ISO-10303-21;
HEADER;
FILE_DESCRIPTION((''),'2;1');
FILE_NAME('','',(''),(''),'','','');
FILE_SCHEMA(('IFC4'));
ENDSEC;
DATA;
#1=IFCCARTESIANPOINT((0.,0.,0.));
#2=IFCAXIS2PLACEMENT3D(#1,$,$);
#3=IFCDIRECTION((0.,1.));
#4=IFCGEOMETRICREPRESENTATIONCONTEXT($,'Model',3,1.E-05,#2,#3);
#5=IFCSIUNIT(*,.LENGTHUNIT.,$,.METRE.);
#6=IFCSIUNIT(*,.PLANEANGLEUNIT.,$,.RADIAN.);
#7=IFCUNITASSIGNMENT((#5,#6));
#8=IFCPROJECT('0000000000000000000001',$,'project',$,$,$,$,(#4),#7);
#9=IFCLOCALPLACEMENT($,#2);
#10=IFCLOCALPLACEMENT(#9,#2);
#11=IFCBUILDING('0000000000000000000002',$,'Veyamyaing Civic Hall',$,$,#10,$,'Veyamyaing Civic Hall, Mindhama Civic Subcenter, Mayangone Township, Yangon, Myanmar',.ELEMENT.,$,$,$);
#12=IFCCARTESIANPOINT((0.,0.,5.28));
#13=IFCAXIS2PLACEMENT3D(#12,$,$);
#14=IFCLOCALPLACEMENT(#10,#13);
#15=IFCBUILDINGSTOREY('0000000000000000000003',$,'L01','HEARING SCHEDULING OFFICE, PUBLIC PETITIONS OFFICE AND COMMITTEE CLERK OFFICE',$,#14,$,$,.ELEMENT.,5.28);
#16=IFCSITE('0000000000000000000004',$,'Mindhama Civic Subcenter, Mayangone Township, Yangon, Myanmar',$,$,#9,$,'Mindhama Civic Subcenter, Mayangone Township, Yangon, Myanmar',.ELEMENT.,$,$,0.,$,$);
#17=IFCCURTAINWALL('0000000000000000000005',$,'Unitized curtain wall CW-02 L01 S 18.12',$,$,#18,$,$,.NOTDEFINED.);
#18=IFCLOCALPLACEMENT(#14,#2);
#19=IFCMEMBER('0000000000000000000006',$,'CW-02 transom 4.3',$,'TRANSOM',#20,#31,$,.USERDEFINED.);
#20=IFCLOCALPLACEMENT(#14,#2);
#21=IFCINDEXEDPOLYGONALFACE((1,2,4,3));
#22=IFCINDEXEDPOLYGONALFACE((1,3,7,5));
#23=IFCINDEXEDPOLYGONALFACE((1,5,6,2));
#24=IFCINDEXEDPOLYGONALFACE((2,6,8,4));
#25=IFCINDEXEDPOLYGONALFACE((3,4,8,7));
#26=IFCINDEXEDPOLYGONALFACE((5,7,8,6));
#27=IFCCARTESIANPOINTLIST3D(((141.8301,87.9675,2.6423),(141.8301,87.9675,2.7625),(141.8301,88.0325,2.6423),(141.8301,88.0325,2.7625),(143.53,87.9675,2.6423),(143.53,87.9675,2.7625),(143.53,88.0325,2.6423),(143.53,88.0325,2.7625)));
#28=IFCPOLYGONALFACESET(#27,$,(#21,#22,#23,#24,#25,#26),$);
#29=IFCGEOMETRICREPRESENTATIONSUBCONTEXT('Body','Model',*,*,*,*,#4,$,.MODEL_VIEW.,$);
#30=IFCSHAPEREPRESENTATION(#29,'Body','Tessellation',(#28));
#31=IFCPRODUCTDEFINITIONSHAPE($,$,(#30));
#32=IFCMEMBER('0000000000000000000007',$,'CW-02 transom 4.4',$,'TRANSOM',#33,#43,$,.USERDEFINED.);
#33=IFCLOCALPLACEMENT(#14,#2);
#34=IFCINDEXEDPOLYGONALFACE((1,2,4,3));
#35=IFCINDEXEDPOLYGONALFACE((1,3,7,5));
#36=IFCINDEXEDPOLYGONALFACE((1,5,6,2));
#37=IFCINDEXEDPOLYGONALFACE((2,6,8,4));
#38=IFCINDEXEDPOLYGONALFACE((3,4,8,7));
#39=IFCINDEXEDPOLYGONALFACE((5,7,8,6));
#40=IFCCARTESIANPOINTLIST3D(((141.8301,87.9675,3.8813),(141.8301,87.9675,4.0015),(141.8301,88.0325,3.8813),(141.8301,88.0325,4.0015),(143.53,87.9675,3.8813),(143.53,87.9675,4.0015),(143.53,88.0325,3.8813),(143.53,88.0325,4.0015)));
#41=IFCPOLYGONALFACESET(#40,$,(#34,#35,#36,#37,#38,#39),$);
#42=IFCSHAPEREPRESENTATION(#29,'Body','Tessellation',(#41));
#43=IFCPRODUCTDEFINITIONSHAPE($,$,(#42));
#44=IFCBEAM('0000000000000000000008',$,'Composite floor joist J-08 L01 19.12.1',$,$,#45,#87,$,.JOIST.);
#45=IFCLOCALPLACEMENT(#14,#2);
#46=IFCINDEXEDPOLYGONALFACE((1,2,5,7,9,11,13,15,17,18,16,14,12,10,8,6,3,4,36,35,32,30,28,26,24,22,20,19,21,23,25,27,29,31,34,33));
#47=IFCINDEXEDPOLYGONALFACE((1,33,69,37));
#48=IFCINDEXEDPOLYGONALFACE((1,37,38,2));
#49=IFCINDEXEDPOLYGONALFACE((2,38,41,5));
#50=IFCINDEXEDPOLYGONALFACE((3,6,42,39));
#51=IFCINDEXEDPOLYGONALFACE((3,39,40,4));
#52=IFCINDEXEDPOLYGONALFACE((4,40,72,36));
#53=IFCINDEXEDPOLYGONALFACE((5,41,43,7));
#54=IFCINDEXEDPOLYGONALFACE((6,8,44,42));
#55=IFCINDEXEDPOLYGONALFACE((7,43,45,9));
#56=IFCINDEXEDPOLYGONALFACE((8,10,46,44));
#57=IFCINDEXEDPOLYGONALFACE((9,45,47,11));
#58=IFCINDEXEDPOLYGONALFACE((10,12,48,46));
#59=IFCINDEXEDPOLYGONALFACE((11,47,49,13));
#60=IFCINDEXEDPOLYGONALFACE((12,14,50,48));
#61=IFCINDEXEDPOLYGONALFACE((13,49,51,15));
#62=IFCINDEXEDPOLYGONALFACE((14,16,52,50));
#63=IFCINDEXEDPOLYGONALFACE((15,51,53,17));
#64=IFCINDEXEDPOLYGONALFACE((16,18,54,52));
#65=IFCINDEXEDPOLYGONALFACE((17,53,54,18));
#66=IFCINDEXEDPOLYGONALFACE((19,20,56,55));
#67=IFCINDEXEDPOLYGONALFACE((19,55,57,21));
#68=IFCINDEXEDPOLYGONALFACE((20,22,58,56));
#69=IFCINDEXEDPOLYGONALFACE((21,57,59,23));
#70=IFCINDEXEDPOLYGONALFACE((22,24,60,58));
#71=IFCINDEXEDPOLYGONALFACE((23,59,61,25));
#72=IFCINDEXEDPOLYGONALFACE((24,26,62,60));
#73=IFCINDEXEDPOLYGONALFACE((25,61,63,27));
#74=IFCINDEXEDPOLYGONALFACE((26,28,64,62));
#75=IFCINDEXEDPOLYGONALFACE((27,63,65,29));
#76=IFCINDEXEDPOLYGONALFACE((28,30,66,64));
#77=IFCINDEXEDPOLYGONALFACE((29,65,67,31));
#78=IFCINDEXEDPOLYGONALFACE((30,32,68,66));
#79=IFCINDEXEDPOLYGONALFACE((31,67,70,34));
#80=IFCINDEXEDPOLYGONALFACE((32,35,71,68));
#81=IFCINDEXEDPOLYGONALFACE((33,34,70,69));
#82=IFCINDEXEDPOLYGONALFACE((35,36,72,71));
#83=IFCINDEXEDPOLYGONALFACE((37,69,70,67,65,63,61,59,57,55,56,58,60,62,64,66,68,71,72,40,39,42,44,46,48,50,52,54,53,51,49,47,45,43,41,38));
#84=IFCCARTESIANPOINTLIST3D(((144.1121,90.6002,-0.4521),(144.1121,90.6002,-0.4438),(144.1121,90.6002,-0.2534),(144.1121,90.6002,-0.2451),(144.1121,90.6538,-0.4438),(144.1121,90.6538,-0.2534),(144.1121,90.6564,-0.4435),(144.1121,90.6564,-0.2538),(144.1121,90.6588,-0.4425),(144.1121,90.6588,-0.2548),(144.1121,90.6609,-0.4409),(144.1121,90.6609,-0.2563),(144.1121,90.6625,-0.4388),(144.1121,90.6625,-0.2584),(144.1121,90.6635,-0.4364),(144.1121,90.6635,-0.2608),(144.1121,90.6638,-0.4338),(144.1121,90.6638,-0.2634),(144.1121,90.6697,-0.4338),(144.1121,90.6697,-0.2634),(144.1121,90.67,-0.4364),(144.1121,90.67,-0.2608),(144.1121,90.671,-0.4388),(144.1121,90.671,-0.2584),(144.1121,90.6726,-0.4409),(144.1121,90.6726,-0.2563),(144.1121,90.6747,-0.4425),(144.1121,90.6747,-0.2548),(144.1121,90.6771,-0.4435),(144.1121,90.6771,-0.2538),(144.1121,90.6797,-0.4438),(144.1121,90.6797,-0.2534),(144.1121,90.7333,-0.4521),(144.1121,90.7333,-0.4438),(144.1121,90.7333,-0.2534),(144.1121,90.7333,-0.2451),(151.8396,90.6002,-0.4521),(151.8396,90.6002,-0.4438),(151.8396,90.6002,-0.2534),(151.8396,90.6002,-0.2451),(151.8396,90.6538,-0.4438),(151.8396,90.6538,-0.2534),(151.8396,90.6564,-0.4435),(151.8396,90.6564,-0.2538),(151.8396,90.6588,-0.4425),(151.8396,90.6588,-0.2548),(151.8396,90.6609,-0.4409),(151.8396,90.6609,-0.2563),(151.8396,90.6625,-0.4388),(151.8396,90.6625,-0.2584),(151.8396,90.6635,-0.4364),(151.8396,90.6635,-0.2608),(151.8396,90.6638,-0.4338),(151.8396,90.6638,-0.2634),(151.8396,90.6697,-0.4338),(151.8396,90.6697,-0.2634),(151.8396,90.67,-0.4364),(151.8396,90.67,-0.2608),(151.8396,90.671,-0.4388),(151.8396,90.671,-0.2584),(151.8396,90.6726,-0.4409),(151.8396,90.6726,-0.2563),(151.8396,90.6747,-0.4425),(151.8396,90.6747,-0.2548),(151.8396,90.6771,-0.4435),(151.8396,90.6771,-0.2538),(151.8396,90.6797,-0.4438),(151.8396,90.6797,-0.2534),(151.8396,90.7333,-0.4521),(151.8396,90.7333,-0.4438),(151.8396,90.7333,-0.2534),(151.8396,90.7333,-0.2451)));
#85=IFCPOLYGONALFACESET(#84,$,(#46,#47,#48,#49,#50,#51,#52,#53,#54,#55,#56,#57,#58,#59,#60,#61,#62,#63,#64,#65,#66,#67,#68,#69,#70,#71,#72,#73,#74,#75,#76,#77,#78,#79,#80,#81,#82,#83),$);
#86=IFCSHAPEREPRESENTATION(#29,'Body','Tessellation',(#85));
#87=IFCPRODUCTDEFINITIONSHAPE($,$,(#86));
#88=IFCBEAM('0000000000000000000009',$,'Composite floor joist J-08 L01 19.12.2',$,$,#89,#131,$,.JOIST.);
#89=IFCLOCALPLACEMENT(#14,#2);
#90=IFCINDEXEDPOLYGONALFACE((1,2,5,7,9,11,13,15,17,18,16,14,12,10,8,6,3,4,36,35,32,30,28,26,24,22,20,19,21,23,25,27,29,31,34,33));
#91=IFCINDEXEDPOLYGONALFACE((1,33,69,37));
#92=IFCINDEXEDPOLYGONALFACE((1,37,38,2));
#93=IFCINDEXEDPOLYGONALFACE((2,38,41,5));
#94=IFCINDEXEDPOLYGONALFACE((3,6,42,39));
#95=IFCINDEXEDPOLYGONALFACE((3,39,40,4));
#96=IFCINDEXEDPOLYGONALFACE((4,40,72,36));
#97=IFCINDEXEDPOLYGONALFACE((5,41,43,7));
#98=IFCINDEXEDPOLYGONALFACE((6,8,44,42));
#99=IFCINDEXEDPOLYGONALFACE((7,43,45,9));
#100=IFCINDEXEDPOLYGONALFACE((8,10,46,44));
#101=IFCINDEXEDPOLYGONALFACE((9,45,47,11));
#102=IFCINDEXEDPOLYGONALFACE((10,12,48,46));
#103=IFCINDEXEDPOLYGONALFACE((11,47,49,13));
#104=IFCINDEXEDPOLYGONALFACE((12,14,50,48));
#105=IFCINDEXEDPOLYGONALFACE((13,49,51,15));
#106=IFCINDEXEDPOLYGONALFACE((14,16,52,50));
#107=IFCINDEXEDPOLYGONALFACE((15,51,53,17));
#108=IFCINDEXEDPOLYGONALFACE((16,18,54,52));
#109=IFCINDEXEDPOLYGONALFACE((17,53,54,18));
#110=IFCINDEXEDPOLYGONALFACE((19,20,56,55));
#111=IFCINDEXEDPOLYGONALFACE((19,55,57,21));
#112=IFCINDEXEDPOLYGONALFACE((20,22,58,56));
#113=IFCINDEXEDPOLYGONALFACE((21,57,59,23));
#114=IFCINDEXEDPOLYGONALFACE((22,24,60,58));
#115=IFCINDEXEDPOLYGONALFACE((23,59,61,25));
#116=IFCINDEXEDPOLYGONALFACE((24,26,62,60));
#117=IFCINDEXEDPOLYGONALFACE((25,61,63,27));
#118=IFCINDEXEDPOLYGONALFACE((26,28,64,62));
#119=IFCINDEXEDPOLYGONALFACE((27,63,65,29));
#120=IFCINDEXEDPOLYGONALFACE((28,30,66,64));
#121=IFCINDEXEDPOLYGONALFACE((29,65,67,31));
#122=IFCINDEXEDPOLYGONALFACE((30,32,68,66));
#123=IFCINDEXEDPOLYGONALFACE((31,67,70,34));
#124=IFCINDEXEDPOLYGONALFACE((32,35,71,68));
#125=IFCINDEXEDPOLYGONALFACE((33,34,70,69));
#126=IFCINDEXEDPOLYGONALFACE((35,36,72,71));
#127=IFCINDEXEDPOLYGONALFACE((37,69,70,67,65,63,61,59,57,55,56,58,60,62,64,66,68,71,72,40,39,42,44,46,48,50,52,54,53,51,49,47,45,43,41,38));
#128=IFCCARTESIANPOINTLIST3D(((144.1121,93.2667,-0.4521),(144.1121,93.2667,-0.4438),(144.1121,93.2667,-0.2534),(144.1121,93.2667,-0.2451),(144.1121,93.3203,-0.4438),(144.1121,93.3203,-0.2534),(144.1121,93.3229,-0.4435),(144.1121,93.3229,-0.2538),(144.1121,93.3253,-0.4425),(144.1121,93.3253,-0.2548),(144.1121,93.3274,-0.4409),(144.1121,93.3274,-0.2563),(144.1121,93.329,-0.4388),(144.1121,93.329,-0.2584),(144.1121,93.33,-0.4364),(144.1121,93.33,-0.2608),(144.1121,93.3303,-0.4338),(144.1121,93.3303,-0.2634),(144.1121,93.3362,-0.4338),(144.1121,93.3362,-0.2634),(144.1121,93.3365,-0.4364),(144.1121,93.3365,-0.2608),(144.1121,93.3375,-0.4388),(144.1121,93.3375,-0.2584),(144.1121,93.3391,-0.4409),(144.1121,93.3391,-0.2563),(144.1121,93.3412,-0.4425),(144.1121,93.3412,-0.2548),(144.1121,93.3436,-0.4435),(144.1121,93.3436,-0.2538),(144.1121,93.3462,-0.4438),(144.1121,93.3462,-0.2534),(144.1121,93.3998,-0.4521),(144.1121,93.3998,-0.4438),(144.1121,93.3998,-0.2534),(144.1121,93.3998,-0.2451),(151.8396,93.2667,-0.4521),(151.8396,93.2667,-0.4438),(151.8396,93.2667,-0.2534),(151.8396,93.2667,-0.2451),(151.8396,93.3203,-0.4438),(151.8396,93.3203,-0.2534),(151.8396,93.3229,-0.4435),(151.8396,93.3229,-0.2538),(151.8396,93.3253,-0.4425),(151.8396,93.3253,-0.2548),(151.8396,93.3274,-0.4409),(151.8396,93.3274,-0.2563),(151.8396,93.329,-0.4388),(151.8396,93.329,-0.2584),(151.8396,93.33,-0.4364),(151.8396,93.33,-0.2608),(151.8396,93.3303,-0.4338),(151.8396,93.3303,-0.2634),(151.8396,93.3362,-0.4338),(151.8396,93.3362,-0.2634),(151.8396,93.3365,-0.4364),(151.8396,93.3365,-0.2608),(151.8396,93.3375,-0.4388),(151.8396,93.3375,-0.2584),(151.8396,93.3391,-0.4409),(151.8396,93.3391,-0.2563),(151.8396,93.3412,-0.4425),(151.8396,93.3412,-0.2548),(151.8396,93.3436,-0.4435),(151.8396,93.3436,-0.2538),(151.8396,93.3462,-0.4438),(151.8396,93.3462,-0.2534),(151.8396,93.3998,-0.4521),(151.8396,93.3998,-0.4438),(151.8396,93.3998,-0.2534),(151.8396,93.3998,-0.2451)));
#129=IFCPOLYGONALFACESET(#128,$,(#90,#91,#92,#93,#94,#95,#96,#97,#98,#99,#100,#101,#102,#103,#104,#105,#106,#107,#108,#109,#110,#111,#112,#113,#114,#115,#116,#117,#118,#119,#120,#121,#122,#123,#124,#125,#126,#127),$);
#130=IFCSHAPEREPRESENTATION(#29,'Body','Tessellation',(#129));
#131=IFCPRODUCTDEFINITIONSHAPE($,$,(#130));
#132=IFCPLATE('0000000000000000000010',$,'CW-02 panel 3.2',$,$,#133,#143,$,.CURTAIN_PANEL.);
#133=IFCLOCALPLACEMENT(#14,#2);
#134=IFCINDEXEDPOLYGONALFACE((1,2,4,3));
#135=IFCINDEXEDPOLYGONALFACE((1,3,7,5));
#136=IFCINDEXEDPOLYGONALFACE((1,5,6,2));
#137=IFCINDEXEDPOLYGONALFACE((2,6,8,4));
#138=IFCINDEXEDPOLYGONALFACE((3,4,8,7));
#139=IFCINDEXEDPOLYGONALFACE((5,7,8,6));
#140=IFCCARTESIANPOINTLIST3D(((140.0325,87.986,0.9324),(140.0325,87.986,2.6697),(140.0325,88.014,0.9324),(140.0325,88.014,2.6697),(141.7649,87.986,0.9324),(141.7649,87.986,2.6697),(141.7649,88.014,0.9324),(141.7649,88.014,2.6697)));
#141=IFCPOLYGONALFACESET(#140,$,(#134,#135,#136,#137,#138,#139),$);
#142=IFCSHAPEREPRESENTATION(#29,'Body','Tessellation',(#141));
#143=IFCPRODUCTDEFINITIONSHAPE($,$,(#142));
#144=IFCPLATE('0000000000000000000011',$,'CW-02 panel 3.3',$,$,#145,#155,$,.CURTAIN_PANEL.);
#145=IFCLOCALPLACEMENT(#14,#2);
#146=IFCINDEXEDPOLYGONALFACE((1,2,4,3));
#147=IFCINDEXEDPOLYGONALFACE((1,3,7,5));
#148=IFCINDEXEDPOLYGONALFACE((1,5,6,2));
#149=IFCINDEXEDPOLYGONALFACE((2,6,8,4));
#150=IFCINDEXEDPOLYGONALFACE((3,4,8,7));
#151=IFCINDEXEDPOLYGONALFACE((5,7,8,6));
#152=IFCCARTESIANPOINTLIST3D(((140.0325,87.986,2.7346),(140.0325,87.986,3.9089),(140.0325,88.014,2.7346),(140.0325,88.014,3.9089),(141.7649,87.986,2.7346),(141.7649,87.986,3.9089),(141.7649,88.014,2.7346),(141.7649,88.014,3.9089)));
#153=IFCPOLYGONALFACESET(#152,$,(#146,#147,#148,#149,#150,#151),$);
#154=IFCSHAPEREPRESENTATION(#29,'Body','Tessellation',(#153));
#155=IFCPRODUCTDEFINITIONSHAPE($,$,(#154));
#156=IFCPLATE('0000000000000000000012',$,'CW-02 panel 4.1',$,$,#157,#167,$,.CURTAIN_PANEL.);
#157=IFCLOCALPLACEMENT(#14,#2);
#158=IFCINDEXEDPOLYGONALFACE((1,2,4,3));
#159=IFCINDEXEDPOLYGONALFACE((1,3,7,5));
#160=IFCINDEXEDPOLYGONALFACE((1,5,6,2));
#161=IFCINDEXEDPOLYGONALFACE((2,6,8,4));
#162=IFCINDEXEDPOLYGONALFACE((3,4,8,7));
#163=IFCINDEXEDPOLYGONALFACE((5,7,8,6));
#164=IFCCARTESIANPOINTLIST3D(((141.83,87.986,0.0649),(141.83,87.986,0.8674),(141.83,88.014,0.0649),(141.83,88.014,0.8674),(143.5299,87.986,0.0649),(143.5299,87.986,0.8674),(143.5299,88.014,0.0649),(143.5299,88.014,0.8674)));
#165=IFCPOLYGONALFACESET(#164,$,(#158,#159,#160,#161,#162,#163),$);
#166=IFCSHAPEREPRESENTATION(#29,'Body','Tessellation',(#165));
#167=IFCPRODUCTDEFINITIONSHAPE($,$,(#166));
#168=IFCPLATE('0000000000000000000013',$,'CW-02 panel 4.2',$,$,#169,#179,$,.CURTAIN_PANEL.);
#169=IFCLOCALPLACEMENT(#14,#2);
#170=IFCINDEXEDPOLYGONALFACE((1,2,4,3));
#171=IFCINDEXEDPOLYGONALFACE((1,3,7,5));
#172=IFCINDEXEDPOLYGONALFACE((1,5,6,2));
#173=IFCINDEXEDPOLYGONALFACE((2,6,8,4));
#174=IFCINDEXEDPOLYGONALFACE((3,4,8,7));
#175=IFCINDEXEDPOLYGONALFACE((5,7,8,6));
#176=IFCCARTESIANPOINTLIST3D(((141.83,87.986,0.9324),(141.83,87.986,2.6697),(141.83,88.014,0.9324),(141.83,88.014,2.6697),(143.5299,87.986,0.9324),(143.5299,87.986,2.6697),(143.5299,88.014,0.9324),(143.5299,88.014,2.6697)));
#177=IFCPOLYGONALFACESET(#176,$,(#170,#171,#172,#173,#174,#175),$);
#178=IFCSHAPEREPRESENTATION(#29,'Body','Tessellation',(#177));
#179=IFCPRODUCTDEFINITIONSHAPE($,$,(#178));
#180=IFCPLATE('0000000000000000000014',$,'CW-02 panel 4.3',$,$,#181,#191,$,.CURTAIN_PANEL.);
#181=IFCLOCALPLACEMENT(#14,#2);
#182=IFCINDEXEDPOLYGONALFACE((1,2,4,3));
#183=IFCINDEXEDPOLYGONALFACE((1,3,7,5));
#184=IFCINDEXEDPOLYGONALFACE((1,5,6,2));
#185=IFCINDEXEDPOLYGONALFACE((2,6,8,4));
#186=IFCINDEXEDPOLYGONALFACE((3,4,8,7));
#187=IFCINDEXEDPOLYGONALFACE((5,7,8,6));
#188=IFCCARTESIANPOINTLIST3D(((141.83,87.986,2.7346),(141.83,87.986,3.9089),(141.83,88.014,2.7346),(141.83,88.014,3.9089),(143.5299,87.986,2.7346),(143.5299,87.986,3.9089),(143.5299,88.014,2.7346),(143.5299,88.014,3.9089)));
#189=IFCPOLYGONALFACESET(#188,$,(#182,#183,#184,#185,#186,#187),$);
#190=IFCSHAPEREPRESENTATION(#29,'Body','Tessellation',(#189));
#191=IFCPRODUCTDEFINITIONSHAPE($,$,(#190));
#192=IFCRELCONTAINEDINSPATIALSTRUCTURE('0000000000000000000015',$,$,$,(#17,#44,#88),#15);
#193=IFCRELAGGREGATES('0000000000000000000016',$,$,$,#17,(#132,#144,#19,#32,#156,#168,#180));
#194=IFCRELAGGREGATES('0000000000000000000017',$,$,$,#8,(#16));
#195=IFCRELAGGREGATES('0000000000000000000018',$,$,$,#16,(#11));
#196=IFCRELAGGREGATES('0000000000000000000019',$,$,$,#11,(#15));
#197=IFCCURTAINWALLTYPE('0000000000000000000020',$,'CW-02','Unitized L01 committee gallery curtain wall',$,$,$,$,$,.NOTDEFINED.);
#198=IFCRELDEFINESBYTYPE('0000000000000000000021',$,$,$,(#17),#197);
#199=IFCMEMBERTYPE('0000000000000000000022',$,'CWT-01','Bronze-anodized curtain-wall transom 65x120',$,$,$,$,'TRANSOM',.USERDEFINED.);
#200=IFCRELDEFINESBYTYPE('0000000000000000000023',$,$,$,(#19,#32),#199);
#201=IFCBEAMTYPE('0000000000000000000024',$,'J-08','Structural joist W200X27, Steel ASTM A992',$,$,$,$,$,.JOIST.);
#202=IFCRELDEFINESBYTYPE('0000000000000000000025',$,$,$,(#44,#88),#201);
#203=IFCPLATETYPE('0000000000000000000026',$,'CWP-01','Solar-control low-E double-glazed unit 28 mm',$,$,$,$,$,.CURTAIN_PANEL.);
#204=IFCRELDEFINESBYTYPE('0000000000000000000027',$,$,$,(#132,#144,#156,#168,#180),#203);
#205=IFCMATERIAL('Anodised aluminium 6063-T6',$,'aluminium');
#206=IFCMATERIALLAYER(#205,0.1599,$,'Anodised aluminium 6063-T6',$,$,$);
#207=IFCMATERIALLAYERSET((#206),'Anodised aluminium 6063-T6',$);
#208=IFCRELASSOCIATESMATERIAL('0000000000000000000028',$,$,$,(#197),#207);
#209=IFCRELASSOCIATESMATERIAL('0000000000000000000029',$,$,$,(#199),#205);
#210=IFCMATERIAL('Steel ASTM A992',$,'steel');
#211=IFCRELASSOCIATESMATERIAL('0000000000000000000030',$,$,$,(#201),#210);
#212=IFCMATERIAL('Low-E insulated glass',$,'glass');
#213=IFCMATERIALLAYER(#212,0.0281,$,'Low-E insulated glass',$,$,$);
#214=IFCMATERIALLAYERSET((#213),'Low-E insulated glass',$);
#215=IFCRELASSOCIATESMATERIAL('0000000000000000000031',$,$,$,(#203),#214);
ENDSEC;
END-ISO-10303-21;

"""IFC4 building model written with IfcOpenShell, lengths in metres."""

from ifc_helpers import new_model, si_unit, direction, frame, origin, origin_2d, place, context, subcontext, project, spatial, rectangle, i_section, extrude, material, layer, layer_set, material_profile, profile_set, type_object, element, aggregate, save


model = new_model("IFC4")

# Units and contexts
model_context = context("Model", 3, precision=1e-05, world=origin(), true_north=direction((0.0, 1.0)))
body_context = subcontext(model_context, "Body", "Model", "MODEL_VIEW")
ifc_project = project(units=[si_unit("LENGTHUNIT", "METRE"), si_unit("PLANEANGLEUNIT", "RADIAN")], contexts=[model_context])

# Site, building, storey
site_placement = place(None, origin())
site = spatial("IfcSite", under=ifc_project, at=site_placement, Name="Mindhama Civic Subcenter, Mayangone Township, Yangon, Myanmar", LongName="Mindhama Civic Subcenter, Mayangone Township, Yangon, Myanmar", CompositionType="ELEMENT", RefElevation=0.0)
building_placement = place(site_placement, origin())
building = spatial("IfcBuilding", under=site, at=building_placement, Name="Veyamyaing Civic Hall", LongName="Veyamyaing Civic Hall, Mindhama Civic Subcenter, Mayangone Township, Yangon, Myanmar", CompositionType="ELEMENT")
storey_placement = place(building_placement, frame((0.0, 0.0, 5.28)))
storey = spatial("IfcBuildingStorey", under=building, at=storey_placement, Name="L01", Description="HEARING SCHEDULING OFFICE, PUBLIC PETITIONS OFFICE AND COMMITTEE CLERK OFFICE", CompositionType="ELEMENT", Elevation=5.28)

# Shared definitions
ifc_material_1 = material(Name="Steel ASTM A992", Category="steel")

# Curtain wall, members
ifc_material_2 = material(Name="Anodised aluminium 6063-T6", Category="aluminium")
ifc_layer_1 = layer(ifc_material_2, 0.1599, Name="Anodised aluminium 6063-T6")
ifc_layer_set_1 = layer_set([ifc_layer_1], Name="Anodised aluminium 6063-T6")
curtain_wall_type = type_object("IfcCurtainWallType", Name="CW-02", Description="Unitized L01 committee gallery curtain wall", PredefinedType="NOTDEFINED", material=ifc_layer_set_1)
curtain_wall_placement = place(storey_placement, origin())
curtain_wall = element("IfcCurtainWall", 1, at=curtain_wall_placement, inside=storey, type_object=curtain_wall_type, Name="Unitized curtain wall CW-02 L01 S 18.12", PredefinedType="NOTDEFINED")
ifc_material_profile_1 = material_profile(ifc_material_2, rectangle(XDim=0.0649, YDim=0.1201, at=origin_2d()), Name="ALU-TRN-65X120")
ifc_profile_set_1 = profile_set([ifc_material_profile_1], Name="Anodised aluminium 6063-T6")
member_type_1 = type_object("IfcMemberType", Name="CWT-01", Description="Bronze-anodized curtain-wall transom 65x120", ElementType="TRANSOM", PredefinedType="USERDEFINED", material=ifc_profile_set_1)
member_1_placement = place(storey_placement, frame((141.8301, 88.0, 2.7024), z_axis=(1.0, 0.0, 0.0), x_axis=(0.0, 1.0, 0.0)))
member_1 = element("IfcMember", 2, at=member_1_placement, type_object=member_type_1, Name="CW-02 transom 4.3", ObjectType="TRANSOM", PredefinedType="USERDEFINED", context=body_context, shape_type="SweptSolid", body=[
    extrude(rectangle(XDim=0.0649, YDim=0.1201, at=origin_2d()), origin(), (0.0, 0.0, 1.0), 1.7),
])
member_2_placement = place(storey_placement, frame((141.8301, 88.0, 3.9414), z_axis=(1.0, 0.0, 0.0), x_axis=(0.0, 1.0, 0.0)))
member_2 = element("IfcMember", 3, at=member_2_placement, type_object=member_type_1, Name="CW-02 transom 4.4", ObjectType="TRANSOM", PredefinedType="USERDEFINED", context=body_context, shape_type="SweptSolid", body=[
    extrude(rectangle(XDim=0.0649, YDim=0.1201, at=origin_2d()), origin(), (0.0, 0.0, 1.0), 1.7),
])

# Beams
ifc_material_profile_2 = material_profile(ifc_material_1, i_section(OverallWidth=0.1331, OverallDepth=0.207, WebThickness=0.0059, FlangeThickness=0.0083, FilletRadius=0.01, at=origin_2d()), Name="W200X27")
ifc_profile_set_2 = profile_set([ifc_material_profile_2], Name="Steel ASTM A992")
beam_type_1 = type_object("IfcBeamType", Name="J-08", Description="Structural joist W200X27, Steel ASTM A992", PredefinedType="JOIST", material=ifc_profile_set_2)
for number, where, z_axis, x_axis, name in (
    (4, (144.1121, 90.6667, -0.3486), (1.0, 0.0, 0.0), (0.0, 1.0, 0.0), "Composite floor joist J-08 L01 19.12.1"),
    (5, (144.1121, 93.3333, -0.3486), (1.0, 0.0, 0.0), (0.0, 1.0, 0.0), "Composite floor joist J-08 L01 19.12.2"),
):
    element("IfcBeam", number, at=place(storey_placement, frame(where, z_axis=z_axis, x_axis=x_axis)), inside=storey, type_object=beam_type_1, Name=name, PredefinedType="JOIST", context=body_context, shape_type="SweptSolid", body=[
        extrude(i_section(OverallWidth=0.1331, OverallDepth=0.207, WebThickness=0.0059, FlangeThickness=0.0083, FilletRadius=0.01, at=origin_2d()), origin(), (0.0, 0.0, 1.0), 7.7275),
    ])

# Plates
ifc_material_3 = material(Name="Low-E insulated glass", Category="glass")
ifc_layer_2 = layer(ifc_material_3, 0.0281, Name="Low-E insulated glass")
ifc_layer_set_2 = layer_set([ifc_layer_2], Name="Low-E insulated glass")
plate_type = type_object("IfcPlateType", Name="CWP-01", Description="Solar-control low-E double-glazed unit 28 mm", PredefinedType="CURTAIN_PANEL", material=ifc_layer_set_2)
plate_1_placement = place(storey_placement, frame((140.8987, 88.0, 0.9324), z_axis=(0.0, 0.0, 1.0), x_axis=(1.0, 0.0, 0.0)))
plate_1 = element("IfcPlate", 6, at=plate_1_placement, type_object=plate_type, Name="CW-02 panel 3.2", PredefinedType="CURTAIN_PANEL", context=body_context, shape_type="SweptSolid", body=[
    extrude(rectangle(XDim=1.7324, YDim=0.0281, at=origin_2d()), origin(), (0.0, 0.0, 1.0), 1.7373),
])
plate_2_placement = place(storey_placement, frame((140.8987, 88.0, 2.7346), z_axis=(0.0, 0.0, 1.0), x_axis=(1.0, 0.0, 0.0)))
plate_2 = element("IfcPlate", 7, at=plate_2_placement, type_object=plate_type, Name="CW-02 panel 3.3", PredefinedType="CURTAIN_PANEL", context=body_context, shape_type="SweptSolid", body=[
    extrude(rectangle(XDim=1.7324, YDim=0.0281, at=origin_2d()), origin(), (0.0, 0.0, 1.0), 1.1743),
])
plate_3_placement = place(storey_placement, frame((142.6799, 88.0, 0.0649), z_axis=(0.0, 0.0, 1.0), x_axis=(1.0, 0.0, 0.0)))
plate_3 = element("IfcPlate", 8, at=plate_3_placement, type_object=plate_type, Name="CW-02 panel 4.1", PredefinedType="CURTAIN_PANEL", context=body_context, shape_type="SweptSolid", body=[
    extrude(rectangle(XDim=1.7, YDim=0.0281, at=origin_2d()), origin(), (0.0, 0.0, 1.0), 0.8025),
])
plate_4_placement = place(storey_placement, frame((142.6799, 88.0, 0.9324), z_axis=(0.0, 0.0, 1.0), x_axis=(1.0, 0.0, 0.0)))
plate_4 = element("IfcPlate", 9, at=plate_4_placement, type_object=plate_type, Name="CW-02 panel 4.2", PredefinedType="CURTAIN_PANEL", context=body_context, shape_type="SweptSolid", body=[
    extrude(rectangle(XDim=1.7, YDim=0.0281, at=origin_2d()), origin(), (0.0, 0.0, 1.0), 1.7373),
])
plate_5_placement = place(storey_placement, frame((142.6799, 88.0, 2.7346), z_axis=(0.0, 0.0, 1.0), x_axis=(1.0, 0.0, 0.0)))
plate_5 = element("IfcPlate", 10, at=plate_5_placement, type_object=plate_type, Name="CW-02 panel 4.3", PredefinedType="CURTAIN_PANEL", context=body_context, shape_type="SweptSolid", body=[
    extrude(rectangle(XDim=1.7, YDim=0.0281, at=origin_2d()), origin(), (0.0, 0.0, 1.0), 1.1743),
])
aggregate(curtain_wall, [plate_1, plate_2, member_1, member_2, plate_3, plate_4, plate_5])

save(model, "model.ifc")
